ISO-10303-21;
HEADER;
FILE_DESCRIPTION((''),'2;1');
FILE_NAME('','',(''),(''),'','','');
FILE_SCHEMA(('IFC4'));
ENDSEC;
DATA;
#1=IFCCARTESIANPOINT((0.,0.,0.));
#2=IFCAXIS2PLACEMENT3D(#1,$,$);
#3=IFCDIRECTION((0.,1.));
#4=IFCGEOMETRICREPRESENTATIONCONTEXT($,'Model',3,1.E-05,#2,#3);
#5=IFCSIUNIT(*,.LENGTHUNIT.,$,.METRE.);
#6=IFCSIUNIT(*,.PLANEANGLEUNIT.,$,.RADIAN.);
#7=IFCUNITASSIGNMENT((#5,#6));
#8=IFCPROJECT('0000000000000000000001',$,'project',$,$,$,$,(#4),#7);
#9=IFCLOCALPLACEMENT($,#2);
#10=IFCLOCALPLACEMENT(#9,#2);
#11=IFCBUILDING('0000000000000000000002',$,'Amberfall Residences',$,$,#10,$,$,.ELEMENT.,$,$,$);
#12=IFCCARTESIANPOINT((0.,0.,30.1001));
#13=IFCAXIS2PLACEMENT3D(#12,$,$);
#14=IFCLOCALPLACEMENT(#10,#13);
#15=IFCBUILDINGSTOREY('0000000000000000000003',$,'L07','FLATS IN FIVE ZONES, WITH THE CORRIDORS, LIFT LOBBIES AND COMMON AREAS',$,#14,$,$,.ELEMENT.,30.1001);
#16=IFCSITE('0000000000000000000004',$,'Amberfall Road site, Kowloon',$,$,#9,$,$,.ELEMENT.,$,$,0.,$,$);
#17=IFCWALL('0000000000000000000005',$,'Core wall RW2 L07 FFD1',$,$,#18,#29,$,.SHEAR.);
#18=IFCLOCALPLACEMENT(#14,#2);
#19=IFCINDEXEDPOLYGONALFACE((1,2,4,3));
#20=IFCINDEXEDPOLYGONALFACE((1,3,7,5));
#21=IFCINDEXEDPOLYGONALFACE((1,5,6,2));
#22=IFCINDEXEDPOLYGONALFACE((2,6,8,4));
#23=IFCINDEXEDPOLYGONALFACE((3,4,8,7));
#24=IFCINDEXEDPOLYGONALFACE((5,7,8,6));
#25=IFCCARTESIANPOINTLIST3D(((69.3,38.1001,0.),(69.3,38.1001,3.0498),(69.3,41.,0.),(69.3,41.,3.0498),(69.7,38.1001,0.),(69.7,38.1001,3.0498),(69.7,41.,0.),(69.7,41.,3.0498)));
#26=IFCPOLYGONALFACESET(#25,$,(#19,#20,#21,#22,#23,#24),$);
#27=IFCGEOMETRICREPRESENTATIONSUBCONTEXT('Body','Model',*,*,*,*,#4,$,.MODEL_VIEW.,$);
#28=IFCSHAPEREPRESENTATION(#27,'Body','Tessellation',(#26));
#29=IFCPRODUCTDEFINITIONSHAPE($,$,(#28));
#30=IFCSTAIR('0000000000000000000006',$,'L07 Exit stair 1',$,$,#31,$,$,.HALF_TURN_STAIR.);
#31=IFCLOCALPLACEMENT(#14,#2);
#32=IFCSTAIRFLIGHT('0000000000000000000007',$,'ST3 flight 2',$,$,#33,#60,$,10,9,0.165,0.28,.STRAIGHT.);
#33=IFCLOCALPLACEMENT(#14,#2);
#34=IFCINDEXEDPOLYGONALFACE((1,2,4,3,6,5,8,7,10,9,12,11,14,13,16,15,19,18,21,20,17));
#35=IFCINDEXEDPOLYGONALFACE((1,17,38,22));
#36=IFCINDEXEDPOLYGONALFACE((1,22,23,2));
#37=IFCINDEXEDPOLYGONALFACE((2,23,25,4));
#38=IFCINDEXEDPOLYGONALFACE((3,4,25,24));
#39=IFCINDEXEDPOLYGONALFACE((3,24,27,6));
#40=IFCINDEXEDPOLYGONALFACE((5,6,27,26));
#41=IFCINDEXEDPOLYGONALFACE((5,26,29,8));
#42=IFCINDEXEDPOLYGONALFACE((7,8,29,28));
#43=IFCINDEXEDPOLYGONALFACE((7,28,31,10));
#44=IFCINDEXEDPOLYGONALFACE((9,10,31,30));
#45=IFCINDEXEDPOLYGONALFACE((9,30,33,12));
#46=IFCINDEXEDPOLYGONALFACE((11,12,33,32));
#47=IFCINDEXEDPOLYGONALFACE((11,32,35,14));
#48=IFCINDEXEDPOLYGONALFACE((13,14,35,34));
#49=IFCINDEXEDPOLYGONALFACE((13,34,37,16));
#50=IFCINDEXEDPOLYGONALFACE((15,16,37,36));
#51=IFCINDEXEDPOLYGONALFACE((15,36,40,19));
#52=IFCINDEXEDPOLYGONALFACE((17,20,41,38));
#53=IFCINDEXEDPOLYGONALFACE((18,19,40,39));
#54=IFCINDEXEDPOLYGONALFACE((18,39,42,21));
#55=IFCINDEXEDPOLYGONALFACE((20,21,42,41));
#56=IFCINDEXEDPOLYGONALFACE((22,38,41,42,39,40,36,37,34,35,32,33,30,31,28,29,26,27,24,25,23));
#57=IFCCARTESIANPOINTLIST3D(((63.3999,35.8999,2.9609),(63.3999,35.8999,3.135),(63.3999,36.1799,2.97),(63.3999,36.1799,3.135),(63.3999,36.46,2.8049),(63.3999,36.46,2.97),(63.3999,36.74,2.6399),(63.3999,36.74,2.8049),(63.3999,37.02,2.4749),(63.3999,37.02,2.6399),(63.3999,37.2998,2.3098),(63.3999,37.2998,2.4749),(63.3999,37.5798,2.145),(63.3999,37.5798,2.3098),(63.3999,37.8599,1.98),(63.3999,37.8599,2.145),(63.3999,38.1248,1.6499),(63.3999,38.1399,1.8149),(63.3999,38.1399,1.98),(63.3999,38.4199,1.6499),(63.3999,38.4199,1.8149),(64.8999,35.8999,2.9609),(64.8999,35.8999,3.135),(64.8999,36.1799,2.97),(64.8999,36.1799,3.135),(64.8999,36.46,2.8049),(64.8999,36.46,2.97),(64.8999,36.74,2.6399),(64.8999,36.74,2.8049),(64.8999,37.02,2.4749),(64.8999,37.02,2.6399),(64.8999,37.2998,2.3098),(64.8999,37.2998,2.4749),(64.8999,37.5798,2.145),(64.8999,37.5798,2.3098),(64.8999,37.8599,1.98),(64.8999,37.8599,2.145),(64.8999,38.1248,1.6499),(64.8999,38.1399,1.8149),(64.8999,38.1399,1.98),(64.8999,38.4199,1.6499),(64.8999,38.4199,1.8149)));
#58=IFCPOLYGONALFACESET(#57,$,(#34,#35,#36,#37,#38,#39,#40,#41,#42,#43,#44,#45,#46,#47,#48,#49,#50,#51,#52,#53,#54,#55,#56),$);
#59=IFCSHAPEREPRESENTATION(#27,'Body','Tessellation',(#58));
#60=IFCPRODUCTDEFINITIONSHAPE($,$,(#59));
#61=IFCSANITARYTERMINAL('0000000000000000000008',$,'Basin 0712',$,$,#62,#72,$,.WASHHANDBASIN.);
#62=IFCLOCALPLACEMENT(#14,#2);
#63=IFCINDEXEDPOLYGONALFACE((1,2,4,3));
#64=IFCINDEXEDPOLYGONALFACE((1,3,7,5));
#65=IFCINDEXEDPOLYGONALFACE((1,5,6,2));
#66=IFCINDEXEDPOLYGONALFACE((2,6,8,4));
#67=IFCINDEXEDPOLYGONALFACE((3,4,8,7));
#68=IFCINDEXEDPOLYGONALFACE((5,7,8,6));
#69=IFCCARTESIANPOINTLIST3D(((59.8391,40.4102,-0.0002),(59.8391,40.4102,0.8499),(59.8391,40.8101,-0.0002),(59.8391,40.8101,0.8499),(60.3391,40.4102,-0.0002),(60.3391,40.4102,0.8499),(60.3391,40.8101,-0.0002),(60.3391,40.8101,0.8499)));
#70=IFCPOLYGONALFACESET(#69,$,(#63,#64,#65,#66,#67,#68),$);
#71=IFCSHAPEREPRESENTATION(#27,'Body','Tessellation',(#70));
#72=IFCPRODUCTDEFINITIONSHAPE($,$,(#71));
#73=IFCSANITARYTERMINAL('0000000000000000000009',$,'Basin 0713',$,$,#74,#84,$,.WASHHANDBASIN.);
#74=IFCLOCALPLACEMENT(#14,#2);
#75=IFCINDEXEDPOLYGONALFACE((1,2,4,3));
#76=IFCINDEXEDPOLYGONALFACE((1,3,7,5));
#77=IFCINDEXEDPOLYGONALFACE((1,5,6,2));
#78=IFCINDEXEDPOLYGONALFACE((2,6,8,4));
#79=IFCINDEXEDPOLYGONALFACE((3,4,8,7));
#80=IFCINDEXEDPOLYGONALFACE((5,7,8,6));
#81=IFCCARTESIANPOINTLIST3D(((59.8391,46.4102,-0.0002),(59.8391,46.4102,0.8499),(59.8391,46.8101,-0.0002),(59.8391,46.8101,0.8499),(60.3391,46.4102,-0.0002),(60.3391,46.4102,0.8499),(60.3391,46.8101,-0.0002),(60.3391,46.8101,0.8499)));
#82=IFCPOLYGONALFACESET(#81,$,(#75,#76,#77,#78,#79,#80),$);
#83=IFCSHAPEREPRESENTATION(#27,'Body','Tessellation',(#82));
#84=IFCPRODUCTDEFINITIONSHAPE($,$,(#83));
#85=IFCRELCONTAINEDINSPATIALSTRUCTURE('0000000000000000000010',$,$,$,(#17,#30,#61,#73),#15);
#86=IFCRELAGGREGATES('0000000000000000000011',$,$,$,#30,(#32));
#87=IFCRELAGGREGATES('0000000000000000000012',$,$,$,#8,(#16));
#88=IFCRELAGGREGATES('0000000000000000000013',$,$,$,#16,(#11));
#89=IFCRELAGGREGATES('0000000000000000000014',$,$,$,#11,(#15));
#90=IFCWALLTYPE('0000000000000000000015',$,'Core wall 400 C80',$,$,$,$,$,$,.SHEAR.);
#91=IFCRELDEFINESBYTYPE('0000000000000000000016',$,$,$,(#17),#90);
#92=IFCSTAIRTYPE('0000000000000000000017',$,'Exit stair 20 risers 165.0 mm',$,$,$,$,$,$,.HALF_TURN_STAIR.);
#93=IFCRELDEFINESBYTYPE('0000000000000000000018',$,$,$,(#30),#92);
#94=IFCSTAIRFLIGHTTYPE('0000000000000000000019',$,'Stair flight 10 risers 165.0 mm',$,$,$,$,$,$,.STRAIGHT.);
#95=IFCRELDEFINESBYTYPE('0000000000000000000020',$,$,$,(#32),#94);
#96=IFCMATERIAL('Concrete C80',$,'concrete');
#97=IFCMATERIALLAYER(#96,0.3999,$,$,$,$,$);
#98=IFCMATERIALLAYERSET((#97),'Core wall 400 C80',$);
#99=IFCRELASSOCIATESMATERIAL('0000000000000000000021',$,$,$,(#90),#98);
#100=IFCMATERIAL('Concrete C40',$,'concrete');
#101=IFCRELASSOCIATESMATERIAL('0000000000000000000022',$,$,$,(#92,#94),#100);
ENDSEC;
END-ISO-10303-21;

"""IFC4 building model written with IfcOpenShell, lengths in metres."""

from ifc_helpers import new_model, si_unit, direction, frame, frame_2d, origin, origin_2d, place, context, subcontext, project, spatial, polyline, rectangle, outline, extrude, material, layer, layer_set, type_object, element, aggregate, save


model = new_model("IFC4")

# Units and contexts
model_context = context("Model", 3, precision=1e-05, world=origin(), true_north=direction((0.0, 1.0)))
body_context = subcontext(model_context, "Body", "Model", "MODEL_VIEW")
ifc_project = project(units=[si_unit("LENGTHUNIT", "METRE"), si_unit("PLANEANGLEUNIT", "RADIAN")], contexts=[model_context])

# Site, building, storey
site_placement = place(None, origin())
site = spatial("IfcSite", under=ifc_project, at=site_placement, Name="Amberfall Road site, Kowloon", CompositionType="ELEMENT", RefElevation=0.0)
building_placement = place(site_placement, origin())
building = spatial("IfcBuilding", under=site, at=building_placement, Name="Amberfall Residences", CompositionType="ELEMENT")
storey_placement = place(building_placement, frame((0.0, 0.0, 30.1001)))
storey = spatial("IfcBuildingStorey", under=building, at=storey_placement, Name="L07", Description="FLATS IN FIVE ZONES, WITH THE CORRIDORS, LIFT LOBBIES AND COMMON AREAS", CompositionType="ELEMENT", Elevation=30.1001)

# Shared definitions
ifc_material_1 = material(Name="Concrete C80", Category="concrete")
ifc_layer = layer(ifc_material_1, 0.3999)
ifc_layer_set = layer_set([ifc_layer], Name="Core wall 400 C80")
wall_type = type_object("IfcWallType", Name="Core wall 400 C80", PredefinedType="SHEAR", material=ifc_layer_set)

# Wall
wall_1_placement = place(storey_placement, frame((69.5, 38.1001, 0.0), z_axis=(0.0, 0.0, 1.0), x_axis=(0.0, 1.0, 0.0)))
element("IfcWall", 1, at=wall_1_placement, inside=storey, type_object=wall_type, Name="Core wall RW2 L07 FFD1", PredefinedType="SHEAR", context=body_context, shape_type="SweptSolid", body=[
    extrude(rectangle(XDim=2.8999, YDim=0.3999, at=frame_2d((1.45, 0.0))), origin(), (0.0, 0.0, 1.0), 3.0498),
])

# Stair, stair flight
ifc_material_2 = material(Name="Concrete C40", Category="concrete")
stair_type = type_object("IfcStairType", Name="Exit stair 20 risers 165.0 mm", PredefinedType="HALF_TURN_STAIR", material=ifc_material_2)
stair_placement = place(storey_placement, origin())
stair = element("IfcStair", 2, at=stair_placement, inside=storey, type_object=stair_type, Name="L07 Exit stair 1", PredefinedType="HALF_TURN_STAIR")
stair_flight_type = type_object("IfcStairFlightType", Name="Stair flight 10 risers 165.0 mm", PredefinedType="STRAIGHT", material=ifc_material_2)
stair_flight_placement = place(storey_placement, frame((64.1499, 38.4199, 1.6499), z_axis=(0.0, 0.0, 1.0), x_axis=(0.0, -1.0, 0.0)))
stair_flight = element("IfcStairFlight", 3, at=stair_flight_placement, type_object=stair_flight_type, Name="ST3 flight 2", NumberOfRisers=10, NumberOfTreads=9, PredefinedType="STRAIGHT", RiserHeight=0.165, TreadLength=0.28, context=body_context, shape_type="SweptSolid", body=[
    extrude(outline(polyline([(0.0, 0.0), (0.0, 0.165), (0.28, 0.165), (0.28, 0.3301), (0.5601, 0.3301), (0.5601, 0.4951), (0.8401, 0.4951), (0.8401, 0.6599), (1.1201, 0.6599), (1.1201, 0.825), (1.3999, 0.825), (1.3999, 0.99), (1.6799, 0.99), (1.6799, 1.155), (1.96, 1.155), (1.96, 1.3201), (2.24, 1.3201), (2.24, 1.4851), (2.52, 1.4851), (2.52, 1.6499), (2.52, 1.311), (0.2952, 0.0), (0.0, 0.0)])), frame((0.0, 0.75, 0.0), z_axis=(0.0, -1.0, 0.0), x_axis=(1.0, 0.0, 0.0)), (0.0, 0.0, 1.0), 1.5),
])
aggregate(stair, [stair_flight])

# Sanitary terminals
for number, where, z_axis, x_axis, name in (
    (4, (60.0891, 40.6101, -0.0002), (0.0, 0.0, 1.0), (1.0, 0.0, 0.0), "Basin 0712"),
    (5, (60.0891, 46.6101, -0.0002), (0.0, 0.0, 1.0), (1.0, 0.0, 0.0), "Basin 0713"),
):
    element("IfcSanitaryTerminal", number, at=place(storey_placement, frame(where, z_axis=z_axis, x_axis=x_axis)), inside=storey, Name=name, PredefinedType="WASHHANDBASIN", context=body_context, shape_type="SweptSolid", body=[
        extrude(rectangle(XDim=0.5, YDim=0.3999, at=origin_2d()), origin(), (0.0, 0.0, 1.0), 0.8501),
    ])

save(model, "model.ifc")
